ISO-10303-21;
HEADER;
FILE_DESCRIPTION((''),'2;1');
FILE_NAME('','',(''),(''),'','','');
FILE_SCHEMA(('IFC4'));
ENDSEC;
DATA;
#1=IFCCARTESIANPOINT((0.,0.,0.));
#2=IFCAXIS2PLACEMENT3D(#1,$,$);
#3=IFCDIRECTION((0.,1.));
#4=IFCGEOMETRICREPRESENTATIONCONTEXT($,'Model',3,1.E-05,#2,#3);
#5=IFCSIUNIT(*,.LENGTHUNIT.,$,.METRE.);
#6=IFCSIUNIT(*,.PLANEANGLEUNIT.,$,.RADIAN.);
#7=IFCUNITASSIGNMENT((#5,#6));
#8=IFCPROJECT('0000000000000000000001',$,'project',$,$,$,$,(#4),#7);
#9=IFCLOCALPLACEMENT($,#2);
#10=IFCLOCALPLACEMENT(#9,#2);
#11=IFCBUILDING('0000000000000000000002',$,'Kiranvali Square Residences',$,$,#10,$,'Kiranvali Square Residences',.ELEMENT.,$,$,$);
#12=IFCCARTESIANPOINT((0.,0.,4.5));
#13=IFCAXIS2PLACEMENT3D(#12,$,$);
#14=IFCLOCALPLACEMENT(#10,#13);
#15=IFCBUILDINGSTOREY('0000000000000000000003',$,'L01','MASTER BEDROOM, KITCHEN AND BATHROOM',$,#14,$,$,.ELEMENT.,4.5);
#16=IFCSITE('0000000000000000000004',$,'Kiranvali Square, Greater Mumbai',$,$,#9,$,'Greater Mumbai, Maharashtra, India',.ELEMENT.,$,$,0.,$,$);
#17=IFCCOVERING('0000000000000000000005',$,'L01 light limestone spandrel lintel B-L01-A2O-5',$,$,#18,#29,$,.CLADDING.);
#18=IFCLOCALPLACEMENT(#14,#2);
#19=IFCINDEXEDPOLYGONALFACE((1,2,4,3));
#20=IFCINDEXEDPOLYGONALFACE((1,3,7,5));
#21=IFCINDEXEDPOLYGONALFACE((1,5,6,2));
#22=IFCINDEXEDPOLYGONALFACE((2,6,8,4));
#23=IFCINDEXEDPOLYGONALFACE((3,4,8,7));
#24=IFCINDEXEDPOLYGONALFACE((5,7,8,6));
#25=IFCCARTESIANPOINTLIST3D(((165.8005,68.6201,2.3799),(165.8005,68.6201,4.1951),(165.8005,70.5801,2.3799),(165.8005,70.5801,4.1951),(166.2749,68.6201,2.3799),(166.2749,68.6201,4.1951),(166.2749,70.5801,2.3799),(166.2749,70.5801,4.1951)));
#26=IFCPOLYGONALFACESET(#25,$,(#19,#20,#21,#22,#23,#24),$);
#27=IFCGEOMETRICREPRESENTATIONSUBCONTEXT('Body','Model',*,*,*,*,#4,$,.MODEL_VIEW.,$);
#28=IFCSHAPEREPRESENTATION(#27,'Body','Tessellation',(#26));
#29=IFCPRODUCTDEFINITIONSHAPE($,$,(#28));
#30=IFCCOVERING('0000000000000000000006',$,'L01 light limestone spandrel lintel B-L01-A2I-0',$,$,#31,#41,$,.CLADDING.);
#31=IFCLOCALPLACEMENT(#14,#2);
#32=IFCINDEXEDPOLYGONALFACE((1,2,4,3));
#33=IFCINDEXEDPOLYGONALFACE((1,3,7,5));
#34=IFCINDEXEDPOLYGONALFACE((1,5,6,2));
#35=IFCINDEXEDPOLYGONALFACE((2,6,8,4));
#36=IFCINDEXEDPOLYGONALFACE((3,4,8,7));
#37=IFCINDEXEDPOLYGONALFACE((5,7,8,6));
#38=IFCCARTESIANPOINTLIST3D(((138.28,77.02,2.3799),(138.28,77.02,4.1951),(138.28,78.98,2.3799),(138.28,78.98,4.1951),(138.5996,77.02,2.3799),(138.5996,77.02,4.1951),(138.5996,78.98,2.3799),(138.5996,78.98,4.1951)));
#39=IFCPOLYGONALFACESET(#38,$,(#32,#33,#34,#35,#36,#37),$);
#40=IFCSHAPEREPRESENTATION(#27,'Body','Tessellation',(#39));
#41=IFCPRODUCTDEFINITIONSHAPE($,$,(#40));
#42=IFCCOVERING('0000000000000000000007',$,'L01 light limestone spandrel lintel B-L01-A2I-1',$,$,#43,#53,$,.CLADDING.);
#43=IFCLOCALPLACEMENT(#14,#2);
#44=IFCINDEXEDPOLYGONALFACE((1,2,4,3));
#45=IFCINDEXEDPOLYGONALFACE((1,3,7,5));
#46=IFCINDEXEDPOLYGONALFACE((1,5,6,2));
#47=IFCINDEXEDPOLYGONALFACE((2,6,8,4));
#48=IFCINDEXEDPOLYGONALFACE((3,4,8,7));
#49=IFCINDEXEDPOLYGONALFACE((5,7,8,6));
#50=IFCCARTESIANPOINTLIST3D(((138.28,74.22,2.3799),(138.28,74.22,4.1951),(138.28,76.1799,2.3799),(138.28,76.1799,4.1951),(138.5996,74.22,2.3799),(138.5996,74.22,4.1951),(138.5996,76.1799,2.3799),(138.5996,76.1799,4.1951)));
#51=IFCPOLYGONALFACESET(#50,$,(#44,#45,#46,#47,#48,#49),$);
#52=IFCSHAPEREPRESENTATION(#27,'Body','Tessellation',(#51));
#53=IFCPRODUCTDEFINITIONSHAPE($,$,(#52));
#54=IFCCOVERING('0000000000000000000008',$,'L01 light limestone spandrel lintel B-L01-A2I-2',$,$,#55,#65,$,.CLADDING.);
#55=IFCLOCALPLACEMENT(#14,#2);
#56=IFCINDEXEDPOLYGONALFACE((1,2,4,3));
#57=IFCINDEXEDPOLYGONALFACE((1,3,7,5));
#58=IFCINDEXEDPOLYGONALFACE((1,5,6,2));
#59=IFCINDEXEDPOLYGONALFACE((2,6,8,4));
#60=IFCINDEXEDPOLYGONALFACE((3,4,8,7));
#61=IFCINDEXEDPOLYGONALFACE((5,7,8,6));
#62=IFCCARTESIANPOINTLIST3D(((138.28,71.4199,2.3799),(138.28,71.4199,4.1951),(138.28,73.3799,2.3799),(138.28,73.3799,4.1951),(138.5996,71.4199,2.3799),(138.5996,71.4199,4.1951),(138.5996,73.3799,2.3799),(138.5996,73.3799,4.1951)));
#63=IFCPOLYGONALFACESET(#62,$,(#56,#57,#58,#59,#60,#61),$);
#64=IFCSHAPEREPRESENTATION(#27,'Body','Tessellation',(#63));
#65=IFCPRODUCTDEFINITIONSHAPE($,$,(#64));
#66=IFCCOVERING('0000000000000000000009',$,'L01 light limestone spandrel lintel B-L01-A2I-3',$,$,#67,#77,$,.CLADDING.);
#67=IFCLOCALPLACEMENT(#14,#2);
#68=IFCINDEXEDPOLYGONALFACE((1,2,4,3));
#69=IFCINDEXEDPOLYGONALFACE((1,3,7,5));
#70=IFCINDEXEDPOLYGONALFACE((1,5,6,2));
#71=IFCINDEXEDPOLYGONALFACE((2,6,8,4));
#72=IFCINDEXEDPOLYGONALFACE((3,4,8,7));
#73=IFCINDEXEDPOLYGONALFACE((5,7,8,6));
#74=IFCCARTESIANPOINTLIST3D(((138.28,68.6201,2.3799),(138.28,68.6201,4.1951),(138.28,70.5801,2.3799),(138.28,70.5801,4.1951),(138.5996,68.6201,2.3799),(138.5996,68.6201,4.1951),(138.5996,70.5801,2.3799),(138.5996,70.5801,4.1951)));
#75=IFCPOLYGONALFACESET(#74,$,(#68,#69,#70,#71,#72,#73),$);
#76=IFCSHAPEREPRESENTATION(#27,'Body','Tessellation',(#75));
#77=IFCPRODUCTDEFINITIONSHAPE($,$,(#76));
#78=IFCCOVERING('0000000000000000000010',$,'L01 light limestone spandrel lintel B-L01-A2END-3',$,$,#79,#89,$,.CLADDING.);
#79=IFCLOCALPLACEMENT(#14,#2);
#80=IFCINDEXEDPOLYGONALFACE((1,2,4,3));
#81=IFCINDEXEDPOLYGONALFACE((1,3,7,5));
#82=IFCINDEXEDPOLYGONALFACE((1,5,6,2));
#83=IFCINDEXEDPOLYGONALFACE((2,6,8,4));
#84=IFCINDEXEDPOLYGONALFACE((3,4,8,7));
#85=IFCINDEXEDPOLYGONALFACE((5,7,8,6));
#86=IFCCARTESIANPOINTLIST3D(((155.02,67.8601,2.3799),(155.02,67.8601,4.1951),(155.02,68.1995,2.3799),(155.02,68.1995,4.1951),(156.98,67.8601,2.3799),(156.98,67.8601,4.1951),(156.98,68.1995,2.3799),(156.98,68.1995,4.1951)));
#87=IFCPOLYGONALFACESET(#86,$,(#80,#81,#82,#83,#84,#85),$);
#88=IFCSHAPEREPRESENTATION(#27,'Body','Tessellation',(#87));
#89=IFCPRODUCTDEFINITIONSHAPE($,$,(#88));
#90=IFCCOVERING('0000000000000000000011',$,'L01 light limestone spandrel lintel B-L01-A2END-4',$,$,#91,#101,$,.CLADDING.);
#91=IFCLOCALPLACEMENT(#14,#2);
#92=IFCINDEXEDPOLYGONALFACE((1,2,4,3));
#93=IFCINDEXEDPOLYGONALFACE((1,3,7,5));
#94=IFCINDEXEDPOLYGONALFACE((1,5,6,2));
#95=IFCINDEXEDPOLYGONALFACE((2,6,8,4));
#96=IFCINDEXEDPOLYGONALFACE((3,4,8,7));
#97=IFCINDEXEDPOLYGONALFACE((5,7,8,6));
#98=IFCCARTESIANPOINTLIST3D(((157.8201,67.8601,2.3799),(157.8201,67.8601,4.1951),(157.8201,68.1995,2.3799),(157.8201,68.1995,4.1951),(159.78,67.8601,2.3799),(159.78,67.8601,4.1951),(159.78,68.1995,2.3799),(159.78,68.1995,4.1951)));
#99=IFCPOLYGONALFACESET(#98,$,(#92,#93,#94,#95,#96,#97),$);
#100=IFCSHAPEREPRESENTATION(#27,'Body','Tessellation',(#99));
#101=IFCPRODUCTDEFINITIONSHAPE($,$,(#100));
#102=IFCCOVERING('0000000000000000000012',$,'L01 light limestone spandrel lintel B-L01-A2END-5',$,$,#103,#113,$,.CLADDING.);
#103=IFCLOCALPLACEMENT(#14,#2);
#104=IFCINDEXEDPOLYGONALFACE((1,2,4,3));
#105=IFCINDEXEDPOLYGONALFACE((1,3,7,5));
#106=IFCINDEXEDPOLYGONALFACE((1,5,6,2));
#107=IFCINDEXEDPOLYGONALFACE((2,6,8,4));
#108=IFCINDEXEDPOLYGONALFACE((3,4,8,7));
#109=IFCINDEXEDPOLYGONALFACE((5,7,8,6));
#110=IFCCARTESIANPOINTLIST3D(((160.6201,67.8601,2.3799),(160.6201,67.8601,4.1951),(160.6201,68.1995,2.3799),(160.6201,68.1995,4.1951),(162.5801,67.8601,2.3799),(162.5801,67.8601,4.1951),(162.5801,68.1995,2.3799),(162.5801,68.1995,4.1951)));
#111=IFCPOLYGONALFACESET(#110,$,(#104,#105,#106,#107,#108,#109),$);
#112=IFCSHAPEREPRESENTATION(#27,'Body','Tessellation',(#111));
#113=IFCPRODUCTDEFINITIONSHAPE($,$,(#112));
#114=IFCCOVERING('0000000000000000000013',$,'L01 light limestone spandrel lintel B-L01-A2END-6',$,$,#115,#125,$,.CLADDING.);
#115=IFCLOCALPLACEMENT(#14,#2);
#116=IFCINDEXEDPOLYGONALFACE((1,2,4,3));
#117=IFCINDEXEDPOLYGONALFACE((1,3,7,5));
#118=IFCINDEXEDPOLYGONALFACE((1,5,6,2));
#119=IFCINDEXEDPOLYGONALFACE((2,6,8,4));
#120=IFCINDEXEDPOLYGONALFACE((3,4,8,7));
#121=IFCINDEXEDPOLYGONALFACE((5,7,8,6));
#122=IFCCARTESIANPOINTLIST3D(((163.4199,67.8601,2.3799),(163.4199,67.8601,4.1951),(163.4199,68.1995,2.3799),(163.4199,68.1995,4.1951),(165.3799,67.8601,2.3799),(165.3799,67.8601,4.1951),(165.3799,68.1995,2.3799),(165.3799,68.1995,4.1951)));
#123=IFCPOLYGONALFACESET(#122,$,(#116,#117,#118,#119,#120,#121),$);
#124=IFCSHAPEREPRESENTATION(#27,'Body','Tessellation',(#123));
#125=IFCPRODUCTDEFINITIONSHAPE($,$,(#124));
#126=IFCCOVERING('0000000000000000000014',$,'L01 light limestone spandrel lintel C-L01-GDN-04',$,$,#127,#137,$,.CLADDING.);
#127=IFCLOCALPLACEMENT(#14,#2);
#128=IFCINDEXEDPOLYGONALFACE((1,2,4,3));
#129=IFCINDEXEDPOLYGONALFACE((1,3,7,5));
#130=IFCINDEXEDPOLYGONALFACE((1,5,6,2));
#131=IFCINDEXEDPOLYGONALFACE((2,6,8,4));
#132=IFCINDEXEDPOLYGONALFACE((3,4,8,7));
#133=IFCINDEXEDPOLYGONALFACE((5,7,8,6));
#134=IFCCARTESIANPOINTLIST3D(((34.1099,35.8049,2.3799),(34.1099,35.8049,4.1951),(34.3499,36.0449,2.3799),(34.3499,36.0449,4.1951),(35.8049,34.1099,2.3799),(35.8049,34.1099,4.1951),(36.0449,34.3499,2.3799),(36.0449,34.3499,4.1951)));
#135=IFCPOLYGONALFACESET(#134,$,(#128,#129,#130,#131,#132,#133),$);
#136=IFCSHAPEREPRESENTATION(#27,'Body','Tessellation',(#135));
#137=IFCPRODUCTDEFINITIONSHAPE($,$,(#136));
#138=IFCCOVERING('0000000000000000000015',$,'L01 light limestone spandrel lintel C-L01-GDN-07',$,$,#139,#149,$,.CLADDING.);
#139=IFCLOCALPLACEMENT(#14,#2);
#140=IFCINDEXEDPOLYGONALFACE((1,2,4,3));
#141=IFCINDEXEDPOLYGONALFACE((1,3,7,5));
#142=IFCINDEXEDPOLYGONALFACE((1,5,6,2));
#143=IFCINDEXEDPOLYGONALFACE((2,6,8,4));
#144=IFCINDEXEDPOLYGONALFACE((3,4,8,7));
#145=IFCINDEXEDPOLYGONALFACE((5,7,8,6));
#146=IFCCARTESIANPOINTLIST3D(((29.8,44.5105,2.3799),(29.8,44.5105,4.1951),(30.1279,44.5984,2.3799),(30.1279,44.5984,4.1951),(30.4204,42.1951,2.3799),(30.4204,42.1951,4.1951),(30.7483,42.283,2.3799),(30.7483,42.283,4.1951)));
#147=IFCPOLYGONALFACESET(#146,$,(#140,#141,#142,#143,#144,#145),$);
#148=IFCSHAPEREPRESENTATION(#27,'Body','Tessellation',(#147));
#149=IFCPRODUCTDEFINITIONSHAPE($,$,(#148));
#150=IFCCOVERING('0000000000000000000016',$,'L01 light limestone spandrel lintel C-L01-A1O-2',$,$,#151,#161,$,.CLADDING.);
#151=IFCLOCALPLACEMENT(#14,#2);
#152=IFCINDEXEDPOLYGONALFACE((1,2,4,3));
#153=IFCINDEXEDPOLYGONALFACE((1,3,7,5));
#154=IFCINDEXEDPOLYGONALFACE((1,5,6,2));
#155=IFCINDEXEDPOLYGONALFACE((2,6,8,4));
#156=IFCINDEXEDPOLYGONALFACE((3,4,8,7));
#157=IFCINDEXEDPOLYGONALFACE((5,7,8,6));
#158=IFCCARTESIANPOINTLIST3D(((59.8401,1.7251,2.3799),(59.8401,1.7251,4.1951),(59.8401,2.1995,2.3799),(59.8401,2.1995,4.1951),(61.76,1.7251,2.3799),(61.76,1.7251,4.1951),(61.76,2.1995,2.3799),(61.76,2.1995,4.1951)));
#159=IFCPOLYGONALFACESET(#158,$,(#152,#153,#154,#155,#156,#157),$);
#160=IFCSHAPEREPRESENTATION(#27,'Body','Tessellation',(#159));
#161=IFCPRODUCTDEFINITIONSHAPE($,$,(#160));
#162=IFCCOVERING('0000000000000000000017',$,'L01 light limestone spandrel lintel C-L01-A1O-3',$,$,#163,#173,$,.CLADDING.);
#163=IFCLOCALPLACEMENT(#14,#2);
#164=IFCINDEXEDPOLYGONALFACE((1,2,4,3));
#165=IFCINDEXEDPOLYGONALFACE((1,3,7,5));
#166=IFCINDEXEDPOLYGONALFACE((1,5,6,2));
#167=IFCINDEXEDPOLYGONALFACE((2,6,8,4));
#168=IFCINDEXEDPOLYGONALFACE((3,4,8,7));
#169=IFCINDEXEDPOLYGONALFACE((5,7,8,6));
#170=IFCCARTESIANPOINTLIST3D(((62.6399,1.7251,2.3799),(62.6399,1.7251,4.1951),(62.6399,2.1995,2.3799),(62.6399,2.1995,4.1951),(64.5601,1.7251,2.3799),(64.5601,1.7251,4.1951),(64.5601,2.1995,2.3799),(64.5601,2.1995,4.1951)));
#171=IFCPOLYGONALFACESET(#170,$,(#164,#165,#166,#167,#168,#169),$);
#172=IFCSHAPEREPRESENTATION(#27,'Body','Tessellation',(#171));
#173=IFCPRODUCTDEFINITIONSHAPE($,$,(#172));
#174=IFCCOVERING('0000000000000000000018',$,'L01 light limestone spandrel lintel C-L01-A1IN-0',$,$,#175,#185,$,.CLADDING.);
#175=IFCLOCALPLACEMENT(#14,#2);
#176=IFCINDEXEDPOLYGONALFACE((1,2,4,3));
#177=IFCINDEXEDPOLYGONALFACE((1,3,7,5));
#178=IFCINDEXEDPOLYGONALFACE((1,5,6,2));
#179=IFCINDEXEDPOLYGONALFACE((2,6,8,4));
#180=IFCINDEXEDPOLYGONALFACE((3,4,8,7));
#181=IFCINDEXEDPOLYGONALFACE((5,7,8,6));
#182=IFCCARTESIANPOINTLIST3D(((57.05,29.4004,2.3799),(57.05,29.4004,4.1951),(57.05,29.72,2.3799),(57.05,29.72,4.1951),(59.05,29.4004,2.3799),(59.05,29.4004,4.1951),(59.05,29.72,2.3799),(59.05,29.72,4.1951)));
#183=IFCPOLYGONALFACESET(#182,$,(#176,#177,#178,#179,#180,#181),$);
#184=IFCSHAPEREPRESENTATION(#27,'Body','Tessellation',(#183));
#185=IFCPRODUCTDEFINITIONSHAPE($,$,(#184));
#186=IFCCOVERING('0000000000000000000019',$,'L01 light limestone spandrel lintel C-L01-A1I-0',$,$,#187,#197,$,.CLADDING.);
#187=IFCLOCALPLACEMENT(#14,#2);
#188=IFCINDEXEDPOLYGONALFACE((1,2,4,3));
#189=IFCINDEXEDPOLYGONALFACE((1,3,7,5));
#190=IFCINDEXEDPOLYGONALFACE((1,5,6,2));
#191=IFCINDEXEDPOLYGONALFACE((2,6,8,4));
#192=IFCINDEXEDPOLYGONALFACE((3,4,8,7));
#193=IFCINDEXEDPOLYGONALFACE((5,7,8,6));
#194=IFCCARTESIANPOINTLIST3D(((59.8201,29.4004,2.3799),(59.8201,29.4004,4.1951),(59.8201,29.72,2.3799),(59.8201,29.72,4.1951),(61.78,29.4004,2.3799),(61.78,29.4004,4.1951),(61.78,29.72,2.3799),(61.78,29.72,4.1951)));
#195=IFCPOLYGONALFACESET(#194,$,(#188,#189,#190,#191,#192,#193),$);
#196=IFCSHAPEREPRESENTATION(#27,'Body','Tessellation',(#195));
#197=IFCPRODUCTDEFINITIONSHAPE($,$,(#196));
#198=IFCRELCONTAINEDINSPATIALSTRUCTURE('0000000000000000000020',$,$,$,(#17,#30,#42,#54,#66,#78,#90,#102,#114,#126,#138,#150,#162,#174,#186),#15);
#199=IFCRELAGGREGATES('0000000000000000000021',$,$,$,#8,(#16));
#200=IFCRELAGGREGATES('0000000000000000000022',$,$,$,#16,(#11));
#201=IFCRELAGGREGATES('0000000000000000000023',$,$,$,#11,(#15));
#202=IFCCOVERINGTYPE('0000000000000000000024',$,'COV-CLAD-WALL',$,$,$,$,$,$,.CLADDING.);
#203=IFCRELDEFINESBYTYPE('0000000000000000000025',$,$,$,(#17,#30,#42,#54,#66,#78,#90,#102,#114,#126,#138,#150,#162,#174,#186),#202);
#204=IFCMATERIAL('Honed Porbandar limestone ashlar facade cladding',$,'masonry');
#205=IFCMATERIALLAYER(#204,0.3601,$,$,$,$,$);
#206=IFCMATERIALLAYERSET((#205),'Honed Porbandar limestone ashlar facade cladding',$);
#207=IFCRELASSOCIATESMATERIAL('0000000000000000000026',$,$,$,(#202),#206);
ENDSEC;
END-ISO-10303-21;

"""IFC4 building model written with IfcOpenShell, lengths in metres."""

from ifc_helpers import new_model, si_unit, direction, frame, origin, place, context, subcontext, project, spatial, polyline, outline, extrude, material, layer, layer_set, type_object, element, save


model = new_model("IFC4")

# Units and contexts
model_context = context("Model", 3, precision=1e-05, world=origin(), true_north=direction((0.0, 1.0)))
body_context = subcontext(model_context, "Body", "Model", "MODEL_VIEW")
ifc_project = project(units=[si_unit("LENGTHUNIT", "METRE"), si_unit("PLANEANGLEUNIT", "RADIAN")], contexts=[model_context])

# Site, building, storey
site_placement = place(None, origin())
site = spatial("IfcSite", under=ifc_project, at=site_placement, Name="Kiranvali Square, Greater Mumbai", LongName="Greater Mumbai, Maharashtra, India", CompositionType="ELEMENT", RefElevation=0.0)
building_placement = place(site_placement, origin())
building = spatial("IfcBuilding", under=site, at=building_placement, Name="Kiranvali Square Residences", LongName="Kiranvali Square Residences", CompositionType="ELEMENT")
storey_placement = place(building_placement, frame((0.0, 0.0, 4.5)))
storey = spatial("IfcBuildingStorey", under=building, at=storey_placement, Name="L01", Description="MASTER BEDROOM, KITCHEN AND BATHROOM", CompositionType="ELEMENT", Elevation=4.5)

# Coverings
ifc_material = material(Name="Honed Porbandar limestone ashlar facade cladding", Category="masonry")
ifc_layer = layer(ifc_material, 0.3601)
ifc_layer_set = layer_set([ifc_layer], Name="Honed Porbandar limestone ashlar facade cladding")
covering_type = type_object("IfcCoveringType", Name="COV-CLAD-WALL", PredefinedType="CLADDING", material=ifc_layer_set)
covering_1_placement = place(storey_placement, frame((0.0, 0.0, 2.3799)))
element("IfcCovering", 1, at=covering_1_placement, inside=storey, type_object=covering_type, Name="L01 light limestone spandrel lintel B-L01-A2O-5", PredefinedType="CLADDING", context=body_context, shape_type="SweptSolid", body=[
    extrude(outline(polyline([(165.8005, 70.5801), (165.8005, 68.6201), (166.2749, 68.6201), (166.2749, 70.5801), (165.8005, 70.5801)])), origin(), (0.0, 0.0, 1.0), 1.8152),
])
covering_2_placement = place(storey_placement, frame((0.0, 0.0, 2.3799)))
element("IfcCovering", 2, at=covering_2_placement, inside=storey, type_object=covering_type, Name="L01 light limestone spandrel lintel B-L01-A2I-0", PredefinedType="CLADDING", context=body_context, shape_type="SweptSolid", body=[
    extrude(outline(polyline([(138.28, 78.98), (138.28, 77.02), (138.5996, 77.02), (138.5996, 78.98), (138.28, 78.98)])), origin(), (0.0, 0.0, 1.0), 1.8152),
])
covering_3_placement = place(storey_placement, frame((0.0, 0.0, 2.3799)))
element("IfcCovering", 3, at=covering_3_placement, inside=storey, type_object=covering_type, Name="L01 light limestone spandrel lintel B-L01-A2I-1", PredefinedType="CLADDING", context=body_context, shape_type="SweptSolid", body=[
    extrude(outline(polyline([(138.28, 76.1799), (138.28, 74.22), (138.5996, 74.22), (138.5996, 76.1799), (138.28, 76.1799)])), origin(), (0.0, 0.0, 1.0), 1.8152),
])
covering_4_placement = place(storey_placement, frame((0.0, 0.0, 2.3799)))
element("IfcCovering", 4, at=covering_4_placement, inside=storey, type_object=covering_type, Name="L01 light limestone spandrel lintel B-L01-A2I-2", PredefinedType="CLADDING", context=body_context, shape_type="SweptSolid", body=[
    extrude(outline(polyline([(138.28, 73.3799), (138.28, 71.4199), (138.5996, 71.4199), (138.5996, 73.3799), (138.28, 73.3799)])), origin(), (0.0, 0.0, 1.0), 1.8152),
])
covering_5_placement = place(storey_placement, frame((0.0, 0.0, 2.3799)))
element("IfcCovering", 5, at=covering_5_placement, inside=storey, type_object=covering_type, Name="L01 light limestone spandrel lintel B-L01-A2I-3", PredefinedType="CLADDING", context=body_context, shape_type="SweptSolid", body=[
    extrude(outline(polyline([(138.28, 70.5801), (138.28, 68.6201), (138.5996, 68.6201), (138.5996, 70.5801), (138.28, 70.5801)])), origin(), (0.0, 0.0, 1.0), 1.8152),
])
covering_6_placement = place(storey_placement, frame((0.0, 0.0, 2.3799)))
element("IfcCovering", 6, at=covering_6_placement, inside=storey, type_object=covering_type, Name="L01 light limestone spandrel lintel B-L01-A2END-3", PredefinedType="CLADDING", context=body_context, shape_type="SweptSolid", body=[
    extrude(outline(polyline([(155.02, 67.8601), (156.98, 67.8601), (156.98, 68.1995), (155.02, 68.1995), (155.02, 67.8601)])), origin(), (0.0, 0.0, 1.0), 1.8152),
])
covering_7_placement = place(storey_placement, frame((0.0, 0.0, 2.3799)))
element("IfcCovering", 7, at=covering_7_placement, inside=storey, type_object=covering_type, Name="L01 light limestone spandrel lintel B-L01-A2END-4", PredefinedType="CLADDING", context=body_context, shape_type="SweptSolid", body=[
    extrude(outline(polyline([(157.8201, 67.8601), (159.78, 67.8601), (159.78, 68.1995), (157.8201, 68.1995), (157.8201, 67.8601)])), origin(), (0.0, 0.0, 1.0), 1.8152),
])
covering_8_placement = place(storey_placement, frame((0.0, 0.0, 2.3799)))
element("IfcCovering", 8, at=covering_8_placement, inside=storey, type_object=covering_type, Name="L01 light limestone spandrel lintel B-L01-A2END-5", PredefinedType="CLADDING", context=body_context, shape_type="SweptSolid", body=[
    extrude(outline(polyline([(160.6201, 67.8601), (162.5801, 67.8601), (162.5801, 68.1995), (160.6201, 68.1995), (160.6201, 67.8601)])), origin(), (0.0, 0.0, 1.0), 1.8152),
])
covering_9_placement = place(storey_placement, frame((0.0, 0.0, 2.3799)))
element("IfcCovering", 9, at=covering_9_placement, inside=storey, type_object=covering_type, Name="L01 light limestone spandrel lintel B-L01-A2END-6", PredefinedType="CLADDING", context=body_context, shape_type="SweptSolid", body=[
    extrude(outline(polyline([(163.4199, 67.8601), (165.3799, 67.8601), (165.3799, 68.1995), (163.4199, 68.1995), (163.4199, 67.8601)])), origin(), (0.0, 0.0, 1.0), 1.8152),
])
covering_10_placement = place(storey_placement, frame((0.0, 0.0, 2.3799)))
element("IfcCovering", 10, at=covering_10_placement, inside=storey, type_object=covering_type, Name="L01 light limestone spandrel lintel C-L01-GDN-04", PredefinedType="CLADDING", context=body_context, shape_type="SweptSolid", body=[
    extrude(outline(polyline([(36.0449, 34.3499), (34.3499, 36.0449), (34.1099, 35.8049), (35.8049, 34.1099), (36.0449, 34.3499)])), origin(), (0.0, 0.0, 1.0), 1.8152),
])
covering_11_placement = place(storey_placement, frame((0.0, 0.0, 2.3799)))
element("IfcCovering", 11, at=covering_11_placement, inside=storey, type_object=covering_type, Name="L01 light limestone spandrel lintel C-L01-GDN-07", PredefinedType="CLADDING", context=body_context, shape_type="SweptSolid", body=[
    extrude(outline(polyline([(30.7483, 42.283), (30.1279, 44.5984), (29.8, 44.5105), (30.4204, 42.1951), (30.7483, 42.283)])), origin(), (0.0, 0.0, 1.0), 1.8152),
])
covering_12_placement = place(storey_placement, frame((0.0, 0.0, 2.3799)))
element("IfcCovering", 12, at=covering_12_placement, inside=storey, type_object=covering_type, Name="L01 light limestone spandrel lintel C-L01-A1O-2", PredefinedType="CLADDING", context=body_context, shape_type="SweptSolid", body=[
    extrude(outline(polyline([(59.8401, 1.7251), (61.76, 1.7251), (61.76, 2.1995), (59.8401, 2.1995), (59.8401, 1.7251)])), origin(), (0.0, 0.0, 1.0), 1.8152),
])
covering_13_placement = place(storey_placement, frame((0.0, 0.0, 2.3799)))
element("IfcCovering", 13, at=covering_13_placement, inside=storey, type_object=covering_type, Name="L01 light limestone spandrel lintel C-L01-A1O-3", PredefinedType="CLADDING", context=body_context, shape_type="SweptSolid", body=[
    extrude(outline(polyline([(62.6399, 1.7251), (64.5601, 1.7251), (64.5601, 2.1995), (62.6399, 2.1995), (62.6399, 1.7251)])), origin(), (0.0, 0.0, 1.0), 1.8152),
])
covering_14_placement = place(storey_placement, frame((0.0, 0.0, 2.3799)))
element("IfcCovering", 14, at=covering_14_placement, inside=storey, type_object=covering_type, Name="L01 light limestone spandrel lintel C-L01-A1IN-0", PredefinedType="CLADDING", context=body_context, shape_type="SweptSolid", body=[
    extrude(outline(polyline([(57.05, 29.4004), (59.05, 29.4004), (59.05, 29.72), (57.05, 29.72), (57.05, 29.4004)])), origin(), (0.0, 0.0, 1.0), 1.8152),
])
covering_15_placement = place(storey_placement, frame((0.0, 0.0, 2.3799)))
element("IfcCovering", 15, at=covering_15_placement, inside=storey, type_object=covering_type, Name="L01 light limestone spandrel lintel C-L01-A1I-0", PredefinedType="CLADDING", context=body_context, shape_type="SweptSolid", body=[
    extrude(outline(polyline([(59.8201, 29.4004), (61.78, 29.4004), (61.78, 29.72), (59.8201, 29.72), (59.8201, 29.4004)])), origin(), (0.0, 0.0, 1.0), 1.8152),
])

save(model, "model.ifc")
